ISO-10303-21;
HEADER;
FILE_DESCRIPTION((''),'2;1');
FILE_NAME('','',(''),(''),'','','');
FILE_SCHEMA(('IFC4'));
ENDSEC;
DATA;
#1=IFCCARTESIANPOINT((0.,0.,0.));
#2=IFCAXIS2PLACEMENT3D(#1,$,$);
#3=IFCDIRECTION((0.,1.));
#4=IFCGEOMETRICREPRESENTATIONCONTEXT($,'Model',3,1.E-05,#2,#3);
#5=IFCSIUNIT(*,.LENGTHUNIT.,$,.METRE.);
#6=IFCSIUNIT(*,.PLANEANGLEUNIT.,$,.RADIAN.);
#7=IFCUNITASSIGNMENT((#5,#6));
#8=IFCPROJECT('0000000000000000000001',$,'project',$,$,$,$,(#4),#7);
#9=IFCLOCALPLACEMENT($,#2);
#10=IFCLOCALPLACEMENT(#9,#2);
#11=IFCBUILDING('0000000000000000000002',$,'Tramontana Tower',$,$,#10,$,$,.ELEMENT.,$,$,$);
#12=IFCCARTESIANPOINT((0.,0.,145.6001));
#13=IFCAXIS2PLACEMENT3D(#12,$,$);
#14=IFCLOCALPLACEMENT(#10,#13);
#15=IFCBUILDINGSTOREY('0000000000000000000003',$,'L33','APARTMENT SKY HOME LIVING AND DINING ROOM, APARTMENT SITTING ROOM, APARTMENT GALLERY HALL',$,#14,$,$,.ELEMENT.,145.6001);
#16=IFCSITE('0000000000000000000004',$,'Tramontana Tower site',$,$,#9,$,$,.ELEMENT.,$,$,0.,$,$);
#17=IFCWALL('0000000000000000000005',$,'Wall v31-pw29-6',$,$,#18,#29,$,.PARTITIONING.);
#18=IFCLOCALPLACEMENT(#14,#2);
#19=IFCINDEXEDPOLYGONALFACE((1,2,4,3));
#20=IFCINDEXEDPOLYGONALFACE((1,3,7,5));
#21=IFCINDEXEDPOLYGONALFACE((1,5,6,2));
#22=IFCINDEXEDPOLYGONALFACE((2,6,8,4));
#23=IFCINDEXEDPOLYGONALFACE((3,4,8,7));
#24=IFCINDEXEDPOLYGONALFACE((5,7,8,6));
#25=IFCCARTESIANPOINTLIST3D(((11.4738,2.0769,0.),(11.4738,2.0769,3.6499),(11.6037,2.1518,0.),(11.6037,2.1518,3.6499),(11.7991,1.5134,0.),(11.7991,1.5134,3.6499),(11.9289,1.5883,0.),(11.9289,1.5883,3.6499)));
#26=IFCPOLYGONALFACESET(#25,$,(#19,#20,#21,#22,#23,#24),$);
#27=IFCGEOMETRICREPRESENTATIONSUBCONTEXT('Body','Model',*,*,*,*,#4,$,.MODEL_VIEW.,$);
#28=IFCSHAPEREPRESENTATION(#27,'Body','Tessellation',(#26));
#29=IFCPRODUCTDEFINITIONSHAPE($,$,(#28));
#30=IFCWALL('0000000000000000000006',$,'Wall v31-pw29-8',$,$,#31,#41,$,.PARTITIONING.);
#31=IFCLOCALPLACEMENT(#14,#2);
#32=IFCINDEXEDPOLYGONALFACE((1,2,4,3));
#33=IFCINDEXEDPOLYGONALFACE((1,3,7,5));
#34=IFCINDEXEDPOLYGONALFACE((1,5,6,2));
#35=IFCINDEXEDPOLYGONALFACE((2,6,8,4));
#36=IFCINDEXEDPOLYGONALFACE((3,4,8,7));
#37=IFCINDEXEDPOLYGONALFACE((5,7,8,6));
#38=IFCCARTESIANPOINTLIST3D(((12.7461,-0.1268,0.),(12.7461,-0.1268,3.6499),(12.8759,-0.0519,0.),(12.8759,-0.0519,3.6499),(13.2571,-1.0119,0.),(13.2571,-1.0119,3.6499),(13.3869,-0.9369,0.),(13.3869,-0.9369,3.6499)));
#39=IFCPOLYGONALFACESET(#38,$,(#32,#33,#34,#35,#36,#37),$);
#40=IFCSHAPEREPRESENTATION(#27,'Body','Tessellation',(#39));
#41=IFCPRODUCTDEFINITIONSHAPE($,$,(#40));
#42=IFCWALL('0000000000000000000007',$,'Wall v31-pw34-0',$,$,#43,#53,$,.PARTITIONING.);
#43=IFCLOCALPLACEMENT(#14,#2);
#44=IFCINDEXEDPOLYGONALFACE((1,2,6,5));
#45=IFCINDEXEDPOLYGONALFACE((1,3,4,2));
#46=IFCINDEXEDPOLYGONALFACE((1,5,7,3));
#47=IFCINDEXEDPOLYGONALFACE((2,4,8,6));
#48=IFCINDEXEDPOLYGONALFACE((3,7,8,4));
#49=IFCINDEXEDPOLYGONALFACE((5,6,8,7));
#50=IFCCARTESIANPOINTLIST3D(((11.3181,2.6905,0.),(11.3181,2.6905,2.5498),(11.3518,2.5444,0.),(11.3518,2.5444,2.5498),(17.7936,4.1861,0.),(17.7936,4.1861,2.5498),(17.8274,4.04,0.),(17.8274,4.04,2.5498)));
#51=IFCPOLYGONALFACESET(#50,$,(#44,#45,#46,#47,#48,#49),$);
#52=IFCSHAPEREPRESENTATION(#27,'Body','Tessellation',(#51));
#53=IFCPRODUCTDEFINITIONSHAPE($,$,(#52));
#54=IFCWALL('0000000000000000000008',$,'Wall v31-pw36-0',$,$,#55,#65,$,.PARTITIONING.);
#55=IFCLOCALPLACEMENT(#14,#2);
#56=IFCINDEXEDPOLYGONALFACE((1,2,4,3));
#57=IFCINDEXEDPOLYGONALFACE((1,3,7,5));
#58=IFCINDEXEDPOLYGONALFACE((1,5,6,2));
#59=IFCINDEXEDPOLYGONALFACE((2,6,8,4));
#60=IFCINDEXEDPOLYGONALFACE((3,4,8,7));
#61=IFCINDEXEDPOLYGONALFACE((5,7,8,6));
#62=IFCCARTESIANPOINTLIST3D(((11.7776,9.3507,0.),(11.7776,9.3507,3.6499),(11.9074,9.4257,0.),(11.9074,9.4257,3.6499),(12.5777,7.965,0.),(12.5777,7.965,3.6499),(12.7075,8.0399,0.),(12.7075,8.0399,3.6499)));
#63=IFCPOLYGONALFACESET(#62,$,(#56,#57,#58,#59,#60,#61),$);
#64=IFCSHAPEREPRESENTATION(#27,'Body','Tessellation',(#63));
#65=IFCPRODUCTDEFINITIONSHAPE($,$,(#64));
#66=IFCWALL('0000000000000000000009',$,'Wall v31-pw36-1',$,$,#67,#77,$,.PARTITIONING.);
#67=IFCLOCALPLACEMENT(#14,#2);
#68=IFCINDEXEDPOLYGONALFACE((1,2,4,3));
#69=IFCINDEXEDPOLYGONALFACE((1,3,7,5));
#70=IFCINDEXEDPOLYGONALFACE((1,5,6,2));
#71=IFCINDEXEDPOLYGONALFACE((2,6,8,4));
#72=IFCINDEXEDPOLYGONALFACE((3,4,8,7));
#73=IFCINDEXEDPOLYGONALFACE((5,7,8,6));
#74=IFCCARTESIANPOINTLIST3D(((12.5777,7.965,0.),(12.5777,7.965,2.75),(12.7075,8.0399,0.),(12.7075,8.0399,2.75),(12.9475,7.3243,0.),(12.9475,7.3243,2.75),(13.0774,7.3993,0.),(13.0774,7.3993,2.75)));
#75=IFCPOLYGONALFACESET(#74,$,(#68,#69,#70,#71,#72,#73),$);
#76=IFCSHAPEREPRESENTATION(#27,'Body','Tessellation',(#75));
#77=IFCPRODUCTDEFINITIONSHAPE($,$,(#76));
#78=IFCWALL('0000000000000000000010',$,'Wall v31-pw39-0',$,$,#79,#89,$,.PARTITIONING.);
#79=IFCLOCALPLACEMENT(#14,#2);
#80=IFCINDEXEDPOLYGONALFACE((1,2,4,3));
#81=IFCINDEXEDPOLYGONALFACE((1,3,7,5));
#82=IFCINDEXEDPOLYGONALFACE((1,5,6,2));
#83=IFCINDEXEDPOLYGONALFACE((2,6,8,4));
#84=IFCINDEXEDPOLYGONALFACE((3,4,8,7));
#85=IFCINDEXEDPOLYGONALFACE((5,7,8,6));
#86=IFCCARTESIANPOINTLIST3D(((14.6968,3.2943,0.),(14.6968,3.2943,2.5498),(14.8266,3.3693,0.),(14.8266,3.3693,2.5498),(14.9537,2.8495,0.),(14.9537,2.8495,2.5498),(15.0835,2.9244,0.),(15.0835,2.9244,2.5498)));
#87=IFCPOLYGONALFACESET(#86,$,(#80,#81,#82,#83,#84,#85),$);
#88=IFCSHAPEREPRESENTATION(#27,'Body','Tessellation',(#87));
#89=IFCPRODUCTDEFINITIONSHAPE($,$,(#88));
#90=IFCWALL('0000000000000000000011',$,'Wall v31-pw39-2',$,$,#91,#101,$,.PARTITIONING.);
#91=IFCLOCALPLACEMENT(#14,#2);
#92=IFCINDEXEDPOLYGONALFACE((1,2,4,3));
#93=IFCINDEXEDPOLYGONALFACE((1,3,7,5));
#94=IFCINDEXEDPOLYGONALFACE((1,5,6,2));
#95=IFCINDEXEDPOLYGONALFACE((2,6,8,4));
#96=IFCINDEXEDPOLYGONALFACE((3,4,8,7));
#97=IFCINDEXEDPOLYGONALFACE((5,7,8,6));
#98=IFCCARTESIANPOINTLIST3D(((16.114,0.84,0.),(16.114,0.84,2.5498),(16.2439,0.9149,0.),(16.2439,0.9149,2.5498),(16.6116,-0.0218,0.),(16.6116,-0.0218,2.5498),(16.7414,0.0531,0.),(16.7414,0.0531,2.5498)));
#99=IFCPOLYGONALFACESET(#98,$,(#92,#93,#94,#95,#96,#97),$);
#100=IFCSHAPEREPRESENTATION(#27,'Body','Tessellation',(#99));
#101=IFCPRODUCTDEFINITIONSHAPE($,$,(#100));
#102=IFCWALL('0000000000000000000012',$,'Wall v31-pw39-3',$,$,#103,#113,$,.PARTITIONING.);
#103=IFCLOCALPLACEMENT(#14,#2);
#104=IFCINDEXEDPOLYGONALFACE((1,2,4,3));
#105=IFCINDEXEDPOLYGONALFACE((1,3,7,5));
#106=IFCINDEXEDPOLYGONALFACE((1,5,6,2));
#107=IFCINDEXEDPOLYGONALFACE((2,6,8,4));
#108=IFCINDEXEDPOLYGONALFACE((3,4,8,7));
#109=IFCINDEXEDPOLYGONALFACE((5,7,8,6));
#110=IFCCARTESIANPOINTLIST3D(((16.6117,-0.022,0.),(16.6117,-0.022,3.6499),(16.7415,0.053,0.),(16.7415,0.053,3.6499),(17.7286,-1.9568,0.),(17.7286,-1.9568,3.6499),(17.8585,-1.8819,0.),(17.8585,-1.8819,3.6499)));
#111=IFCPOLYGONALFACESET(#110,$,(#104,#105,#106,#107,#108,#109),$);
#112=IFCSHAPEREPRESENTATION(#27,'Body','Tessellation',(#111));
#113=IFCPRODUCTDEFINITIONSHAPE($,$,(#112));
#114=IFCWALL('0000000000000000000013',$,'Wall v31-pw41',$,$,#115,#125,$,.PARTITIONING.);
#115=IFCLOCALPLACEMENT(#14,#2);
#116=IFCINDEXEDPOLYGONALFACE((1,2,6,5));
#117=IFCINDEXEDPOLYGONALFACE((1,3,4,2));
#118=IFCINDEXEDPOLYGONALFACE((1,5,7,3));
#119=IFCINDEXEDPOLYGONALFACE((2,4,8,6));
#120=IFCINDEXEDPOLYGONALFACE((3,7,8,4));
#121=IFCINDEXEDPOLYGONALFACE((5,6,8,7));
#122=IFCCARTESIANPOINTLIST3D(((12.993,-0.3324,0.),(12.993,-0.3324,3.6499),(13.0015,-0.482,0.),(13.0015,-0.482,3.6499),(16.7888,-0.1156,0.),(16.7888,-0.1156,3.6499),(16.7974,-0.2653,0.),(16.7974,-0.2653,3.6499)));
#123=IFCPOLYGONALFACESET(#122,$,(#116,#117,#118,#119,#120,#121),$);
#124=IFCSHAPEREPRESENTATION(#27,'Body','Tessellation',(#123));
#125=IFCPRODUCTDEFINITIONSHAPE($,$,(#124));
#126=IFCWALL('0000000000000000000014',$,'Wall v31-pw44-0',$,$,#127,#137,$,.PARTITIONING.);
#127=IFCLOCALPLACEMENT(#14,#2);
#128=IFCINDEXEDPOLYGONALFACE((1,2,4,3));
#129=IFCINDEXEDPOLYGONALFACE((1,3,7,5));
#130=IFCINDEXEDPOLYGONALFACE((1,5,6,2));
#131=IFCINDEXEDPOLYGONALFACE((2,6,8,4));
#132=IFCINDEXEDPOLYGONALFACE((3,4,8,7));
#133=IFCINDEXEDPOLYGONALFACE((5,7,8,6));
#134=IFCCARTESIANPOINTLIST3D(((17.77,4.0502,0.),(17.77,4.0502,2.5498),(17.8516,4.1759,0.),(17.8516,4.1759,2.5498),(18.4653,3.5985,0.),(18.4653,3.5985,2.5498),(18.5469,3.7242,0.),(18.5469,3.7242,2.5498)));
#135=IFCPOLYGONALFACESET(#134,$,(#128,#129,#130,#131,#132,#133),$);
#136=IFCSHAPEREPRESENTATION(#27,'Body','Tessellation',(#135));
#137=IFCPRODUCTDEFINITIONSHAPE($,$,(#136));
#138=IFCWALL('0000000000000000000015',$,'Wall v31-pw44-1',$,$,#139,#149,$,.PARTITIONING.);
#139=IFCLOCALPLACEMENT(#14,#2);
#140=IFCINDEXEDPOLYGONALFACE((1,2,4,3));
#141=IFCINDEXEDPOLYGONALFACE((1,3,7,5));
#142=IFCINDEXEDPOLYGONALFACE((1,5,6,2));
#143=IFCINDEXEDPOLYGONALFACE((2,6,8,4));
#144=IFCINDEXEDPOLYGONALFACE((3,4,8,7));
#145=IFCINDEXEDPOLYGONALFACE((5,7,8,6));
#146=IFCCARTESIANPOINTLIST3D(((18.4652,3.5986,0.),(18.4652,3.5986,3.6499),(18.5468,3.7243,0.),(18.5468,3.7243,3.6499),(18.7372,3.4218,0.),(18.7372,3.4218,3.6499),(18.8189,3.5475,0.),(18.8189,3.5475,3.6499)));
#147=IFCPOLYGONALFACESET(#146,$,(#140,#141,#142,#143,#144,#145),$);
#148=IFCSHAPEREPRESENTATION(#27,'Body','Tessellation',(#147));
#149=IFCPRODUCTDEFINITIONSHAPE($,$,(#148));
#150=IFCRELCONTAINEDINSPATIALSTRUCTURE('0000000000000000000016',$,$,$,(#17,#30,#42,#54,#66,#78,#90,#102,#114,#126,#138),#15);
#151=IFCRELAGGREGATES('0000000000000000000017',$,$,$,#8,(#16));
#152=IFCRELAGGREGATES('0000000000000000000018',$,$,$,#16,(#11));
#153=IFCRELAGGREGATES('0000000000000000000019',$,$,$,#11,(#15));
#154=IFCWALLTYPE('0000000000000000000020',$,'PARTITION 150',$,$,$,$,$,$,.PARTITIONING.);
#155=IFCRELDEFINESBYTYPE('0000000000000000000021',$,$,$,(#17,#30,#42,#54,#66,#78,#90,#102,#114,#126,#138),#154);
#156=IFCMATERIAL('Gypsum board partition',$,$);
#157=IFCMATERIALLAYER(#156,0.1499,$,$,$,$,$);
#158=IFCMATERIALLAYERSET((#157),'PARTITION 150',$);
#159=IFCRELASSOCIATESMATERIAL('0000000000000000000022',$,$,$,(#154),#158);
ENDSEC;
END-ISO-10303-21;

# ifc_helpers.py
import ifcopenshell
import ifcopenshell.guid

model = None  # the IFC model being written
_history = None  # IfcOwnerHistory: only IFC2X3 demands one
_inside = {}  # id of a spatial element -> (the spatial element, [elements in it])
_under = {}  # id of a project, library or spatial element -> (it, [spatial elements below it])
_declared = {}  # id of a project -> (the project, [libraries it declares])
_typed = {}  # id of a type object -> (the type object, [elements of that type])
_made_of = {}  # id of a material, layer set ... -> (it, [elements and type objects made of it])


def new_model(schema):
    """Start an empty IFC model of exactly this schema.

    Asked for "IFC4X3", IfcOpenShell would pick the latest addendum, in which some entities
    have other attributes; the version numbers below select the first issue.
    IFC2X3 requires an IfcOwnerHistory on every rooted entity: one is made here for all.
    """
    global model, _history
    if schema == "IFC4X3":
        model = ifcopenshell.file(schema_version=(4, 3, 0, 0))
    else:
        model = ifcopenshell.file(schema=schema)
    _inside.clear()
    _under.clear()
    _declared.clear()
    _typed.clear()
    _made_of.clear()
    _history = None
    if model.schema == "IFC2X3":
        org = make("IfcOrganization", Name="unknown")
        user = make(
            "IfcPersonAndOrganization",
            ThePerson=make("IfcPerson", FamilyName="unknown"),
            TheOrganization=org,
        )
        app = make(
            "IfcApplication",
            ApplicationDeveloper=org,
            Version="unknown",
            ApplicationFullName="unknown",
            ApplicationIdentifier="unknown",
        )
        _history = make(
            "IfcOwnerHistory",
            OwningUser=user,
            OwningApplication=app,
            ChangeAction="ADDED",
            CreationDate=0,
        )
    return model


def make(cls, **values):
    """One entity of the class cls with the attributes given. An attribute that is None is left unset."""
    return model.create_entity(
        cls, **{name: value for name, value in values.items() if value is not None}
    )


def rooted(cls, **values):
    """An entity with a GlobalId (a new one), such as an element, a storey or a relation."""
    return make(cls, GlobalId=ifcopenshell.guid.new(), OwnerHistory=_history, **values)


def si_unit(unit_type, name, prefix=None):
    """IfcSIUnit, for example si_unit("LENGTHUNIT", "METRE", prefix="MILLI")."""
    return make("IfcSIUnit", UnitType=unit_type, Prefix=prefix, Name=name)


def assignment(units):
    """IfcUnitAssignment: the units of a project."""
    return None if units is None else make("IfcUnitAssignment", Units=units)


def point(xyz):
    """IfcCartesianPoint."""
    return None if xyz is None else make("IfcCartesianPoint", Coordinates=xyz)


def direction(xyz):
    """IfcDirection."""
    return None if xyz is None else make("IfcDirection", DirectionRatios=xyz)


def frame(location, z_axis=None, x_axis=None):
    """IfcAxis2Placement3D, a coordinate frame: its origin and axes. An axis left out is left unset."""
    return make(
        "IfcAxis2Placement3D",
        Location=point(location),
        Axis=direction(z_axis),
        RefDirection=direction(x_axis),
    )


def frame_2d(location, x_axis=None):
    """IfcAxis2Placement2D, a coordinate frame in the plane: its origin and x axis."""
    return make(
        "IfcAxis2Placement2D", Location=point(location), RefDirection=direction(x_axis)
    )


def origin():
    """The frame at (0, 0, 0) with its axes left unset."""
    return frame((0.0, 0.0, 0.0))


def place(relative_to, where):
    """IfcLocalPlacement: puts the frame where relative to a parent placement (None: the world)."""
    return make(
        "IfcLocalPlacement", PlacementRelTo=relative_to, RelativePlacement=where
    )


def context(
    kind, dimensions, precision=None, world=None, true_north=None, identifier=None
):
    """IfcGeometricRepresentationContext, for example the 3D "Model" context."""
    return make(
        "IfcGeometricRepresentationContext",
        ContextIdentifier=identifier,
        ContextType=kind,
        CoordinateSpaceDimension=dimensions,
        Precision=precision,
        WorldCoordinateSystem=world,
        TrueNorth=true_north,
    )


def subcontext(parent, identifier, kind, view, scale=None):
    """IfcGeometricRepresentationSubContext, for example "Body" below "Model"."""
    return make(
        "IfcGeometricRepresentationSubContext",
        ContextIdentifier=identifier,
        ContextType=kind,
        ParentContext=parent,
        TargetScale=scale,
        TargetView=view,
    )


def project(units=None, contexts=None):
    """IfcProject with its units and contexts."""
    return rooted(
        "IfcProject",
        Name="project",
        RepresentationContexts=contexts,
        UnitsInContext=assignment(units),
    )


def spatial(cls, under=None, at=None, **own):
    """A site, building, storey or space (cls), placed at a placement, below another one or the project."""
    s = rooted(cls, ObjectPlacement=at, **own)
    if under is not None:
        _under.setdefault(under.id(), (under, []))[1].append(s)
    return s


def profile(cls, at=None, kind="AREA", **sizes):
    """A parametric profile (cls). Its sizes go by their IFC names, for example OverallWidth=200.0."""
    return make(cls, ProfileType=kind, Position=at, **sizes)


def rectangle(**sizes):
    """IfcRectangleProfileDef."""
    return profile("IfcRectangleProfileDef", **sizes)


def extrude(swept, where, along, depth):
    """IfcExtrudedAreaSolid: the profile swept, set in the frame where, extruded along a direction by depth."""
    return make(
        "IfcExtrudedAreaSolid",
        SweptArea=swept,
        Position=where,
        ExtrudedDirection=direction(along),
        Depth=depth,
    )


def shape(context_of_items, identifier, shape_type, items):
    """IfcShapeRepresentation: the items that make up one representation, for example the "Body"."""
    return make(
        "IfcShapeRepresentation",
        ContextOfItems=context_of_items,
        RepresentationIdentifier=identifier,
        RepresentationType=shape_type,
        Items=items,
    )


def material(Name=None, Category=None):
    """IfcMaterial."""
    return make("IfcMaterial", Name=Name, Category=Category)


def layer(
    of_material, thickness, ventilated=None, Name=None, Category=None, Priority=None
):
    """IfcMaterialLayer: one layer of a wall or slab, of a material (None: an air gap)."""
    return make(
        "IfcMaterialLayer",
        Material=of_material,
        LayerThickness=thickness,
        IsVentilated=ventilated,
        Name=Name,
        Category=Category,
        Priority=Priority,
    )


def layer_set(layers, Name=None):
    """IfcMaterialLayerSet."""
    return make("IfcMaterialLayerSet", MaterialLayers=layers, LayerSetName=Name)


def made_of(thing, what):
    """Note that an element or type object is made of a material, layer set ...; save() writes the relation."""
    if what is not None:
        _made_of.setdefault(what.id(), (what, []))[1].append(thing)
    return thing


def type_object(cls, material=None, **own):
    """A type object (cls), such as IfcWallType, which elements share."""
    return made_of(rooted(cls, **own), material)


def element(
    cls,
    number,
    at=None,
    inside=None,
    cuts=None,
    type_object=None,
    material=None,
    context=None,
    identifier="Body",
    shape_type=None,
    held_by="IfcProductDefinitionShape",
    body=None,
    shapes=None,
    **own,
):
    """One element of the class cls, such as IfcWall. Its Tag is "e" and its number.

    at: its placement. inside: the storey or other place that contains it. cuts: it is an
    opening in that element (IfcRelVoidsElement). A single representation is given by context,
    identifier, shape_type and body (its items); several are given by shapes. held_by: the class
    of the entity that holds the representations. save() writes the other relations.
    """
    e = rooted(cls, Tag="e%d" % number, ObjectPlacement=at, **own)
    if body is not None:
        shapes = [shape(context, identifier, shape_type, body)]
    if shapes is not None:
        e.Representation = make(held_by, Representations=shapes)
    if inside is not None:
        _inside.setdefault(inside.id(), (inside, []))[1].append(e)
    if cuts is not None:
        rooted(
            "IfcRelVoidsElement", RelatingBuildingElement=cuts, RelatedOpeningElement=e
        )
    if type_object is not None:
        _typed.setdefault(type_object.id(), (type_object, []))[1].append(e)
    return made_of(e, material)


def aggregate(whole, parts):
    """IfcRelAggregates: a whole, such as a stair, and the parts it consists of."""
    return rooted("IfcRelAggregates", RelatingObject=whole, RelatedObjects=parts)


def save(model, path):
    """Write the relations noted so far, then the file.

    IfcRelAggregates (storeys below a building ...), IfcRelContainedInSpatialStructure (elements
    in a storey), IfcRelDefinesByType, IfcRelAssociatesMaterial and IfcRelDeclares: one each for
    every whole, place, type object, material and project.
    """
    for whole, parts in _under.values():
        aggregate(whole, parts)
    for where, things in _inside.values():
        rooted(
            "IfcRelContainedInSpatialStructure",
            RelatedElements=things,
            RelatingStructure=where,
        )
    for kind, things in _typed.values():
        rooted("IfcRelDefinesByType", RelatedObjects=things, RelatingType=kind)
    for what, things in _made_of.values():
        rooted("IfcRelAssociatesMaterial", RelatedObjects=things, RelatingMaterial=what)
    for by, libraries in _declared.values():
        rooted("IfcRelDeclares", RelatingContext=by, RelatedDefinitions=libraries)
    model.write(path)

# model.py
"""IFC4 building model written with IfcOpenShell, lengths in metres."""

from ifc_helpers import new_model, si_unit, direction, frame, frame_2d, origin, place, context, subcontext, project, spatial, rectangle, extrude, material, layer, layer_set, type_object, element, save


model = new_model("IFC4")

# Units and contexts
model_context = context("Model", 3, precision=1e-05, world=origin(), true_north=direction((0.0, 1.0)))
body_context = subcontext(model_context, "Body", "Model", "MODEL_VIEW")
ifc_project = project(units=[si_unit("LENGTHUNIT", "METRE"), si_unit("PLANEANGLEUNIT", "RADIAN")], contexts=[model_context])

# Site, building, storey
site_placement = place(None, origin())
site = spatial("IfcSite", under=ifc_project, at=site_placement, Name="Tramontana Tower site", CompositionType="ELEMENT", RefElevation=0.0)
building_placement = place(site_placement, origin())
building = spatial("IfcBuilding", under=site, at=building_placement, Name="Tramontana Tower", CompositionType="ELEMENT")
storey_placement = place(building_placement, frame((0.0, 0.0, 145.6001)))
storey = spatial("IfcBuildingStorey", under=building, at=storey_placement, Name="L33", Description="APARTMENT SKY HOME LIVING AND DINING ROOM, APARTMENT SITTING ROOM, APARTMENT GALLERY HALL", CompositionType="ELEMENT", Elevation=145.6001)

# Wall
ifc_material_1 = material(Name="Gypsum board partition")
ifc_layer_1 = layer(ifc_material_1, 0.1499)
ifc_layer_set_1 = layer_set([ifc_layer_1], Name="PARTITION 150")
wall_type_1 = type_object("IfcWallType", Name="PARTITION 150", PredefinedType="PARTITIONING", material=ifc_layer_set_1)
wall_1_placement = place(storey_placement, frame((11.5388, 2.1143, 0.0), z_axis=(0.0, 0.0, 1.0), x_axis=(0.499852, -0.866111, 0.0)))
element("IfcWall", 1, at=wall_1_placement, inside=storey, type_object=wall_type_1, Name="Wall v31-pw29-6", PredefinedType="PARTITIONING", context=body_context, shape_type="SweptSolid", body=[
    extrude(rectangle(XDim=0.6506, YDim=0.1499, at=frame_2d((0.3252, 0.0))), origin(), (0.0, 0.0, 1.0), 3.6499),
])

# Walls
wall_2_placement = place(storey_placement, frame((12.811, -0.0894, 0.0), z_axis=(0.0, 0.0, 1.0), x_axis=(0.500019, -0.866015, 0.0)))
element("IfcWall", 2, at=wall_2_placement, inside=storey, type_object=wall_type_1, Name="Wall v31-pw29-8", PredefinedType="PARTITIONING", context=body_context, shape_type="SweptSolid", body=[
    extrude(rectangle(XDim=1.022, YDim=0.1499, at=frame_2d((0.511, 0.0))), origin(), (0.0, 0.0, 1.0), 3.6499),
])
wall_3_placement = place(storey_placement, frame((11.335, 2.6174, 0.0), z_axis=(0.0, 0.0, 1.0), x_axis=(0.97435, 0.225037, 0.0)))
element("IfcWall", 3, at=wall_3_placement, inside=storey, type_object=wall_type_1, Name="Wall v31-pw34-0", PredefinedType="PARTITIONING", context=body_context, shape_type="SweptSolid", body=[
    extrude(rectangle(XDim=6.646, YDim=0.1499, at=frame_2d((3.323, 0.0))), origin(), (0.0, 0.0, 1.0), 2.5498),
])
wall_4_placement = place(storey_placement, frame((11.8425, 9.3882, 0.0), z_axis=(0.0, 0.0, 1.0), x_axis=(0.499995, -0.866028, 0.0)))
element("IfcWall", 4, at=wall_4_placement, inside=storey, type_object=wall_type_1, Name="Wall v31-pw36-0", PredefinedType="PARTITIONING", context=body_context, shape_type="SweptSolid", body=[
    extrude(rectangle(XDim=1.6001, YDim=0.1499, at=frame_2d((0.8, 0.0))), origin(), (0.0, 0.0, 1.0), 3.6499),
])
wall_5_placement = place(storey_placement, frame((12.6426, 8.0024, 0.0), z_axis=(0.0, 0.0, 1.0), x_axis=(0.500008, -0.866021, 0.0)))
element("IfcWall", 5, at=wall_5_placement, inside=storey, type_object=wall_type_1, Name="Wall v31-pw36-1", PredefinedType="PARTITIONING", context=body_context, shape_type="SweptSolid", body=[
    extrude(rectangle(XDim=0.7397, YDim=0.1499, at=frame_2d((0.3699, 0.0))), origin(), (0.0, 0.0, 1.0), 2.75),
])
wall_6_placement = place(storey_placement, frame((14.7617, 3.3318, 0.0), z_axis=(0.0, 0.0, 1.0), x_axis=(0.500024, -0.866011, 0.0)))
element("IfcWall", 6, at=wall_6_placement, inside=storey, type_object=wall_type_1, Name="Wall v31-pw39-0", PredefinedType="PARTITIONING", context=body_context, shape_type="SweptSolid", body=[
    extrude(rectangle(XDim=0.5137, YDim=0.1499, at=frame_2d((0.2568, 0.0))), origin(), (0.0, 0.0, 1.0), 2.5498),
])

# Walls
wall_7_placement = place(storey_placement, frame((16.179, 0.8774, 0.0), z_axis=(0.0, 0.0, 1.0), x_axis=(0.499991, -0.86603, 0.0)))
element("IfcWall", 7, at=wall_7_placement, inside=storey, type_object=wall_type_1, Name="Wall v31-pw39-2", PredefinedType="PARTITIONING", context=body_context, shape_type="SweptSolid", body=[
    extrude(rectangle(XDim=0.9951, YDim=0.1499, at=frame_2d((0.4976, 0.0))), origin(), (0.0, 0.0, 1.0), 2.5498),
])
wall_8_placement = place(storey_placement, frame((16.6765, 0.0156, 0.0), z_axis=(0.0, 0.0, 1.0), x_axis=(0.499959, -0.866049, 0.0)))
element("IfcWall", 8, at=wall_8_placement, inside=storey, type_object=wall_type_1, Name="Wall v31-pw39-3", PredefinedType="PARTITIONING", context=body_context, shape_type="SweptSolid", body=[
    extrude(rectangle(XDim=2.2341, YDim=0.1499, at=frame_2d((1.1172, 0.0))), origin(), (0.0, 0.0, 1.0), 3.6499),
])
wall_9_placement = place(storey_placement, frame((16.793, -0.1904, 0.0), z_axis=(0.0, 0.0, 1.0), x_axis=(-0.998373, -0.057021, 0.0)))
element("IfcWall", 9, at=wall_9_placement, inside=storey, type_object=wall_type_1, Name="Wall v31-pw41", PredefinedType="PARTITIONING", context=body_context, shape_type="SweptSolid", body=[
    extrude(rectangle(XDim=3.802, YDim=0.1499, at=frame_2d((1.9009, 0.0))), origin(), (0.0, 0.0, 1.0), 3.6499),
])
wall_10_placement = place(storey_placement, frame((17.8108, 4.113, 0.0), z_axis=(0.0, 0.0, 1.0), x_axis=(0.838605, -0.54474, 0.0)))
element("IfcWall", 10, at=wall_10_placement, inside=storey, type_object=wall_type_1, Name="Wall v31-pw44-0", PredefinedType="PARTITIONING", context=body_context, shape_type="SweptSolid", body=[
    extrude(rectangle(XDim=0.8291, YDim=0.1499, at=frame_2d((0.4146, 0.0))), origin(), (0.0, 0.0, 1.0), 2.5498),
])
wall_11_placement = place(storey_placement, frame((18.5061, 3.6614, 0.0), z_axis=(0.0, 0.0, 1.0), x_axis=(0.838478, -0.544935, 0.0)))
element("IfcWall", 11, at=wall_11_placement, inside=storey, type_object=wall_type_1, Name="Wall v31-pw44-1", PredefinedType="PARTITIONING", context=body_context, shape_type="SweptSolid", body=[
    extrude(rectangle(XDim=0.3245, YDim=0.1499, at=frame_2d((0.1621, 0.0))), origin(), (0.0, 0.0, 1.0), 3.6499),
])

save(model, "model.ifc")
